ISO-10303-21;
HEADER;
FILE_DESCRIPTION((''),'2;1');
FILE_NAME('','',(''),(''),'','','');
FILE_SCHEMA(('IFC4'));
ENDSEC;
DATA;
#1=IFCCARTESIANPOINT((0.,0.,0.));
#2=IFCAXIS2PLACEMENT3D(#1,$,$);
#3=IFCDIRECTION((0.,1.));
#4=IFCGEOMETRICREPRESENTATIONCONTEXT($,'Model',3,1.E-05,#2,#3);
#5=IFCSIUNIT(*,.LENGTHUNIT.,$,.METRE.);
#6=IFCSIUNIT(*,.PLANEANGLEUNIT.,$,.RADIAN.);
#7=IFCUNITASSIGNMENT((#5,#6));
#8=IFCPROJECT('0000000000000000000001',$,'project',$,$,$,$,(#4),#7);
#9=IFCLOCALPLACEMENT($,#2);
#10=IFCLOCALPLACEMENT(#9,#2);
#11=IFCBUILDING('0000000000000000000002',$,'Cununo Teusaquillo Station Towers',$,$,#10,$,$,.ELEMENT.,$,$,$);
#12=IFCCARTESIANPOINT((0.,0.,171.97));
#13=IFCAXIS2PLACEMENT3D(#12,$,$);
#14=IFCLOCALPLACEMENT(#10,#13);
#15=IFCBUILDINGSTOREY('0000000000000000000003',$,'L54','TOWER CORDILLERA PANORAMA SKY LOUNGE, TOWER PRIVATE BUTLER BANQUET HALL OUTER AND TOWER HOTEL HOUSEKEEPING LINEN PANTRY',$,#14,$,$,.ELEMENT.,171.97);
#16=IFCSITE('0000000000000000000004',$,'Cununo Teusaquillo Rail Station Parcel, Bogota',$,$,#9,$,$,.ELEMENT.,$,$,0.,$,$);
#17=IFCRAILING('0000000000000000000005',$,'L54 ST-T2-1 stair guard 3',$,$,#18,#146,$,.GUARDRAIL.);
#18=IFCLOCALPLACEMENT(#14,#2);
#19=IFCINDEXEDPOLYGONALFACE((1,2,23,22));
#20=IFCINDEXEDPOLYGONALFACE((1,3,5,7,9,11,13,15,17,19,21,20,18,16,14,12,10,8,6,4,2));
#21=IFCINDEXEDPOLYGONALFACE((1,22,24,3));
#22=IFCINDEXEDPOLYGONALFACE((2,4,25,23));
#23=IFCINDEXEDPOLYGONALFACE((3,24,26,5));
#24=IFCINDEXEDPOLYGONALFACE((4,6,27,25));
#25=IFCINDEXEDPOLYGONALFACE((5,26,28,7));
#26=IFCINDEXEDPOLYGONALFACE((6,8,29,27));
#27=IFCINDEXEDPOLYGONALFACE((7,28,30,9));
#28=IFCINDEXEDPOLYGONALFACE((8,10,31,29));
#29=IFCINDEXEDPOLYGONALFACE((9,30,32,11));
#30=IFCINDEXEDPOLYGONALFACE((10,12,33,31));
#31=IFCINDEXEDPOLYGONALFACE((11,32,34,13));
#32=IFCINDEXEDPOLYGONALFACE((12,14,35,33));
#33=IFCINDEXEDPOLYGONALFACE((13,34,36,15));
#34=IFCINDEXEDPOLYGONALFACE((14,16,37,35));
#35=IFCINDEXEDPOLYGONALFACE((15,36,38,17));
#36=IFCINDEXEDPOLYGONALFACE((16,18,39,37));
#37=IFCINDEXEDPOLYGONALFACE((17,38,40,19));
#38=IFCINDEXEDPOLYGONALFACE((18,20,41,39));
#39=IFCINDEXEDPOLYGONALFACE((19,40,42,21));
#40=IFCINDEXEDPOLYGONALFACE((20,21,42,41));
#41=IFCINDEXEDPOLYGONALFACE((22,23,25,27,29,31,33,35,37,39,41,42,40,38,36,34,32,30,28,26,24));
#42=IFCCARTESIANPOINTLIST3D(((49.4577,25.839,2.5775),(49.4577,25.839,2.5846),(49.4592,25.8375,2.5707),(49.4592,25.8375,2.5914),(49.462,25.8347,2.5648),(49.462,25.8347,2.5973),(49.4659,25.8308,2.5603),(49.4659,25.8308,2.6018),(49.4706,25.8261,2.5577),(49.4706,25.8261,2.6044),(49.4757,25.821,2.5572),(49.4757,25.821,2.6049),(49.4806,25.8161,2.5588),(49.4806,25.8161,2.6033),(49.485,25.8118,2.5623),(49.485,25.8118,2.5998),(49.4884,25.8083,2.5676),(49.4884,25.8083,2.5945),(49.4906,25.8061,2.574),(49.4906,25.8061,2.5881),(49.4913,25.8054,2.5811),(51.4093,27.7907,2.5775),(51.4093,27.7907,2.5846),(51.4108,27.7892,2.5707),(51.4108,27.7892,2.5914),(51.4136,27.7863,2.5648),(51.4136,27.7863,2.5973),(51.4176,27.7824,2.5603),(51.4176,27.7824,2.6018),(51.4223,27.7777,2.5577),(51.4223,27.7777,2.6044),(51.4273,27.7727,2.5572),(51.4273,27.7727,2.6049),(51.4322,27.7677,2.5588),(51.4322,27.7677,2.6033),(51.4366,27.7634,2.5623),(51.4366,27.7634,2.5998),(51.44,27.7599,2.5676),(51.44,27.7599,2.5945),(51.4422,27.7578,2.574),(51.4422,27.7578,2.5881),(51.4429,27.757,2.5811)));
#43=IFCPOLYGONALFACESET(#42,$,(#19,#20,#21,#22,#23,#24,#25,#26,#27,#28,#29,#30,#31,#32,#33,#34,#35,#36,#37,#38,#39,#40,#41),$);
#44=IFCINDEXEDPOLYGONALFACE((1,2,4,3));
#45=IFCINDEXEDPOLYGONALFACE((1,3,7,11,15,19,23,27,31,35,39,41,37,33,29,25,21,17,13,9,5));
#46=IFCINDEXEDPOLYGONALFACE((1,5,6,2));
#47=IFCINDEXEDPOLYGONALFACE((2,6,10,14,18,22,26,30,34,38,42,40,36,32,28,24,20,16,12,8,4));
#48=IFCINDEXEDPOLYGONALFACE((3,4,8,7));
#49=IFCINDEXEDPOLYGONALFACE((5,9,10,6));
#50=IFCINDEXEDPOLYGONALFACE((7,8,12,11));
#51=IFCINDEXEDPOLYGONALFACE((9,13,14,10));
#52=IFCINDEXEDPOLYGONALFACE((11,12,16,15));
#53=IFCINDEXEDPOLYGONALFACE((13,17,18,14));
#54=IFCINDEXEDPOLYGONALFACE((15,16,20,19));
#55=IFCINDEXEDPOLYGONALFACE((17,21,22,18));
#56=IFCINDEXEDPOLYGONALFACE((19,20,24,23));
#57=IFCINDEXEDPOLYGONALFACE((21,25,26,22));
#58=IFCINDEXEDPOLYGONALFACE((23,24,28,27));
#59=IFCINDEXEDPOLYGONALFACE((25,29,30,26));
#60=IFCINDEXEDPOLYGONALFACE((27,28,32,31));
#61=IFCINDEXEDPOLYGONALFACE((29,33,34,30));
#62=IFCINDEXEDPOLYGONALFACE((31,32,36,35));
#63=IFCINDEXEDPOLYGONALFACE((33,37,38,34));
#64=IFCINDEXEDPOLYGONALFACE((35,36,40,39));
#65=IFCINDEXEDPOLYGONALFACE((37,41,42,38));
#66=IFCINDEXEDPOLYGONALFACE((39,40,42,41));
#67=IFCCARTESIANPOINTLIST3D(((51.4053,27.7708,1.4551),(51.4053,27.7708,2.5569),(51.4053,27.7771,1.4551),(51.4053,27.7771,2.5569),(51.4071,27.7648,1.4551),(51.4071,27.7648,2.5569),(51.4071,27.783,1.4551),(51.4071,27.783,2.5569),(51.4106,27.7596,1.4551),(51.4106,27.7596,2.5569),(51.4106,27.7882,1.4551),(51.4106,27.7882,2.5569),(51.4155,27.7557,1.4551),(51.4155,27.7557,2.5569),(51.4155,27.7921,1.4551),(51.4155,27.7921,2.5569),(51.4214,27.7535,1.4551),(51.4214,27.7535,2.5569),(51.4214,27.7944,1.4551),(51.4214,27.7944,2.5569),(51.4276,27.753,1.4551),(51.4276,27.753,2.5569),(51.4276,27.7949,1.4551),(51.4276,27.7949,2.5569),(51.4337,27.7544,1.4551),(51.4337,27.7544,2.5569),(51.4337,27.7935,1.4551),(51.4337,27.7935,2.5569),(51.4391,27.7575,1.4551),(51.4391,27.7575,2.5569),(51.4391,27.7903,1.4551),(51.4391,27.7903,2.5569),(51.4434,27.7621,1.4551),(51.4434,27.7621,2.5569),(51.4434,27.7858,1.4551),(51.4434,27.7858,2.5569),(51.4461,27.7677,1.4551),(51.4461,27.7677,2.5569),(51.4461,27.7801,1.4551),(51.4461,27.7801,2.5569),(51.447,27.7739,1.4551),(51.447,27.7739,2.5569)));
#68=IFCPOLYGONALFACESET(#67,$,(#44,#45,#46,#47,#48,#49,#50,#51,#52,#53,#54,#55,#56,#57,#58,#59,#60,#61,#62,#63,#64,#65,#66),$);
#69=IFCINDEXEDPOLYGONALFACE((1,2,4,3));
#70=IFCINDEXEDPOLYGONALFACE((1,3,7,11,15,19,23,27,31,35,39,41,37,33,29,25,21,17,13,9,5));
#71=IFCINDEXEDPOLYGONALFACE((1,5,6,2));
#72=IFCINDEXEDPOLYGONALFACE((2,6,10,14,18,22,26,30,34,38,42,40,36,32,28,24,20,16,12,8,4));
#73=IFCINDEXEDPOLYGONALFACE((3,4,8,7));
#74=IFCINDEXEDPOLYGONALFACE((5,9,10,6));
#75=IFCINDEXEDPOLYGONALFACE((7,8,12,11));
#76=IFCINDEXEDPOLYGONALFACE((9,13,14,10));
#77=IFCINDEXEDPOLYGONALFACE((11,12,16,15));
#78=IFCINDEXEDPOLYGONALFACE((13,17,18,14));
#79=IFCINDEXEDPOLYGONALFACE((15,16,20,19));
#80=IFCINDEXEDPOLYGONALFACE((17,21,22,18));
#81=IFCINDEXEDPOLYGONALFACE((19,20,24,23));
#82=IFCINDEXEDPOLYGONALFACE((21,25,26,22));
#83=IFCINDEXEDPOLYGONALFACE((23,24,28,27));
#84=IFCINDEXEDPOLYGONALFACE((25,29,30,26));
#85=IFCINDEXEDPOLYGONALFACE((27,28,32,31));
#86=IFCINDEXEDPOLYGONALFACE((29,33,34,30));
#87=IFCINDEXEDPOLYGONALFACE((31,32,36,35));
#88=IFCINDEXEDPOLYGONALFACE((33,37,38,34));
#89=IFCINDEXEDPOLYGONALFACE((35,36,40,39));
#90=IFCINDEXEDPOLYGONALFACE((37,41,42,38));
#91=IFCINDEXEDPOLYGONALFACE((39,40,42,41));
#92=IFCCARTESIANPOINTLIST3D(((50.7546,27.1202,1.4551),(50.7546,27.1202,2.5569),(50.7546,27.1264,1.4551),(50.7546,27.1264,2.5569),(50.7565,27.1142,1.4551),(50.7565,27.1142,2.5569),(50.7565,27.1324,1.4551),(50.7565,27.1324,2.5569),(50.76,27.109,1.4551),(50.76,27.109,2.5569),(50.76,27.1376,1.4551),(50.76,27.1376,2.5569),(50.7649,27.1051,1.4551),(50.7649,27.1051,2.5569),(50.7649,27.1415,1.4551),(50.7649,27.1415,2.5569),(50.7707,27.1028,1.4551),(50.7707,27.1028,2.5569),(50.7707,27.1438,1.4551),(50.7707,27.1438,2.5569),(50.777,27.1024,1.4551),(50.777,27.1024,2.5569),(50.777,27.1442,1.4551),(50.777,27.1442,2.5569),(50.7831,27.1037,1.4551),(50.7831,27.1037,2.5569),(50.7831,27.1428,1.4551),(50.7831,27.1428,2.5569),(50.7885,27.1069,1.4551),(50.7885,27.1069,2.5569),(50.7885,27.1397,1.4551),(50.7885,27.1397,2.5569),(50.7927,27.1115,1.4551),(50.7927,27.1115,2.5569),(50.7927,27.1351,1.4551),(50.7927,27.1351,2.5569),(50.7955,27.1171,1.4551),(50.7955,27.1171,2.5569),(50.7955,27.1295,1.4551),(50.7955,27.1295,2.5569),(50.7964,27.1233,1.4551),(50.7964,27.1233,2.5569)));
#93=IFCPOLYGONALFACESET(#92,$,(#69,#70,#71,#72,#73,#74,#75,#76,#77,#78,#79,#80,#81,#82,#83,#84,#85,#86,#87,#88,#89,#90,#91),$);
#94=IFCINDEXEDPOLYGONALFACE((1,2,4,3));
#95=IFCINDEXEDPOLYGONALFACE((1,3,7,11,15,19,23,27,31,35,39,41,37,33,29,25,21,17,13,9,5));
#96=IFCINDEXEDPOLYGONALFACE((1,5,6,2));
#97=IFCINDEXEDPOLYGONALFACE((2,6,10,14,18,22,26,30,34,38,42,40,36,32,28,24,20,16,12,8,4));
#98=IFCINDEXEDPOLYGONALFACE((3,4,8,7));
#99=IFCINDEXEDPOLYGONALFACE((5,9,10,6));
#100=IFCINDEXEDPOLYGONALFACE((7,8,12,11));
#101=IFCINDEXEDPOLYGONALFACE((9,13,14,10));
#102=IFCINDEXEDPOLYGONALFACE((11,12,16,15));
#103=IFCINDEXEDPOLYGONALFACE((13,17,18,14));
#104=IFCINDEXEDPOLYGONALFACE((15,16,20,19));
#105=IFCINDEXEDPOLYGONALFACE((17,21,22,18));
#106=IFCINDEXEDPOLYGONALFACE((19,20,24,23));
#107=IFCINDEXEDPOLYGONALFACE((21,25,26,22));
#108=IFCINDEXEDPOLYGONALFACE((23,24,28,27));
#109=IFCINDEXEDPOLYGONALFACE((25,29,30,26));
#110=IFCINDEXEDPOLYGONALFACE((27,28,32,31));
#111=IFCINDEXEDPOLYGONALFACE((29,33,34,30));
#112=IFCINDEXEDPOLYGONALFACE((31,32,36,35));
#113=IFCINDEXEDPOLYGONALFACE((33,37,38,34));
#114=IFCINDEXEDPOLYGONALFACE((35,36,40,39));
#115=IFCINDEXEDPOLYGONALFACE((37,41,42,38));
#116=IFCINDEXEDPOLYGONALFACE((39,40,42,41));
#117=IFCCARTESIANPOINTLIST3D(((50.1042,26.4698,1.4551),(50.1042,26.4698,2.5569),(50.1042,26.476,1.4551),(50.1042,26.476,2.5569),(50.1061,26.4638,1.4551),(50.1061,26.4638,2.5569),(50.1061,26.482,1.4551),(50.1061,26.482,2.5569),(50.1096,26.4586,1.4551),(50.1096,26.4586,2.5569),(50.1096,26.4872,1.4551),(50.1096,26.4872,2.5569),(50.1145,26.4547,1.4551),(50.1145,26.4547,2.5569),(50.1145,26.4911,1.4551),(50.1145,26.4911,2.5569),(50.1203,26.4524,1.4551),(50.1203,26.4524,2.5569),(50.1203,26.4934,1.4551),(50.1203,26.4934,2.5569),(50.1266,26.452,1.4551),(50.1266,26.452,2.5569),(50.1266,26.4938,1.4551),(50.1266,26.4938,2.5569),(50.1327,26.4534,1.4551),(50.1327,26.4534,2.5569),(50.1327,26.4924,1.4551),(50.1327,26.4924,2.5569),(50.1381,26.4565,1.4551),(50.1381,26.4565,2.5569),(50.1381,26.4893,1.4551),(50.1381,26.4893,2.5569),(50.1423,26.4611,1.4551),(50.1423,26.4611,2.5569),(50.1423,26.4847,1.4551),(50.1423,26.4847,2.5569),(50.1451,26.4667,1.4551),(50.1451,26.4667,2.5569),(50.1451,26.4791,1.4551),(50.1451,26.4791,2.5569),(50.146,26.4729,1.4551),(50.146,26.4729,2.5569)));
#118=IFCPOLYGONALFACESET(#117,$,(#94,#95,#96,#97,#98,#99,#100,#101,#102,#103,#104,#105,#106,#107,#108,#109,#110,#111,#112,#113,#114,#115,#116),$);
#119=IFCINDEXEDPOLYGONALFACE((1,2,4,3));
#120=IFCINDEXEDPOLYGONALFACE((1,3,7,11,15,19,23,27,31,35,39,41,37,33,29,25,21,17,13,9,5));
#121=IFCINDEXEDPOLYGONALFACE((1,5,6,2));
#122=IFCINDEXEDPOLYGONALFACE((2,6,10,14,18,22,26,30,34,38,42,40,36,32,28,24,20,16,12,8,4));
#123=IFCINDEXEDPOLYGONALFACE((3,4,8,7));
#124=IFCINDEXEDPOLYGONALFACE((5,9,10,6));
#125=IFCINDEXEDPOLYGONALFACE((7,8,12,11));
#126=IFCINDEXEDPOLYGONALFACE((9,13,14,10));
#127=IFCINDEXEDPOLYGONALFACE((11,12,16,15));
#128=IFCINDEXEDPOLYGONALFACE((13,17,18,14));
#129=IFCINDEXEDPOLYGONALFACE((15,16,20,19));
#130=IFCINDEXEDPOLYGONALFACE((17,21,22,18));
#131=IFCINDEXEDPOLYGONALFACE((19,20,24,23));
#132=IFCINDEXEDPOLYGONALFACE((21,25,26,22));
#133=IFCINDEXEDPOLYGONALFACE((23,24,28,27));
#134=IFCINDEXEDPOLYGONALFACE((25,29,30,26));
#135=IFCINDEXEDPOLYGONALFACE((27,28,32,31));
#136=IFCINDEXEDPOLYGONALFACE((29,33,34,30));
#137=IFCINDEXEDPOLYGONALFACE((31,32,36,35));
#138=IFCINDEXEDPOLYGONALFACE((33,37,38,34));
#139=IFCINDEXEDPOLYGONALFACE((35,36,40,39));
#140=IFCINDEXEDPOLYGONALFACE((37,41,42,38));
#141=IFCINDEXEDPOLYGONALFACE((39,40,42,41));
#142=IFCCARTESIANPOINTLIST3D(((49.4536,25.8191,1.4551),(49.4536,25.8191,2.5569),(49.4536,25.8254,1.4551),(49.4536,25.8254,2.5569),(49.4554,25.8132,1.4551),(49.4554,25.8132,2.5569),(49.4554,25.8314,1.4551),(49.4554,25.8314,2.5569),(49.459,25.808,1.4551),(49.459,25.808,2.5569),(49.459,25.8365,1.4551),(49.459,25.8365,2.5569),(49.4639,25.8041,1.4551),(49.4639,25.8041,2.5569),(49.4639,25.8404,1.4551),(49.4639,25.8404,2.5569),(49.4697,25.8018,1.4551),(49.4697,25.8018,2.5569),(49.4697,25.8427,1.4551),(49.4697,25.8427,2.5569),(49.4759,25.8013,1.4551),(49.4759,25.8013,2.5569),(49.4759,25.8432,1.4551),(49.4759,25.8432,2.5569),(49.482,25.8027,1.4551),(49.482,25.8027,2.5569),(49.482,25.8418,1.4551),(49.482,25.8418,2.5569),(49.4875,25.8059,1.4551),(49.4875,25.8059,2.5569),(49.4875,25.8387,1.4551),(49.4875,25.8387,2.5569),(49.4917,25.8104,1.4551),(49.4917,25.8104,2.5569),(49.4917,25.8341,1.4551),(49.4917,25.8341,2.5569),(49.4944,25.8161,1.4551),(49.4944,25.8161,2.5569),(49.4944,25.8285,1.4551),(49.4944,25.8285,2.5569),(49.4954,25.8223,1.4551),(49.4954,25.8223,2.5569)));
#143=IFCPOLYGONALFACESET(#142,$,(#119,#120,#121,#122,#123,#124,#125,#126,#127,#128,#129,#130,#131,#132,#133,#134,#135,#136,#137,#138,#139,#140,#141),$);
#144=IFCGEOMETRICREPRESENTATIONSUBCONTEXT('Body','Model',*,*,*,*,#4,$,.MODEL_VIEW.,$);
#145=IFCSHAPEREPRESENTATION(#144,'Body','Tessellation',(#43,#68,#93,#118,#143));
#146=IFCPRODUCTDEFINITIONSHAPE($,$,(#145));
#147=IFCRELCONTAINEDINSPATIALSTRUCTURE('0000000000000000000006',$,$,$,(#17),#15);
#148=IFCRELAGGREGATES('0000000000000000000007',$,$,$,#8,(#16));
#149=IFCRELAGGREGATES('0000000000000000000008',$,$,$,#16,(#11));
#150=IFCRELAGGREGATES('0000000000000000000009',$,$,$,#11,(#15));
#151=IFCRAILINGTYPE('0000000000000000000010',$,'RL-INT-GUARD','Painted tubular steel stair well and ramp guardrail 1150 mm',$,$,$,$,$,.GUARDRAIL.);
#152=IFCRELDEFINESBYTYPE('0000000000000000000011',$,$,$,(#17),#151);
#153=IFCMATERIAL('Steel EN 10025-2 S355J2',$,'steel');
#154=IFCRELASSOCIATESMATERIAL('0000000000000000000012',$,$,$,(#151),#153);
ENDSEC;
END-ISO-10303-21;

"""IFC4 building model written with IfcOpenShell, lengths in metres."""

from ifc_helpers import new_model, si_unit, direction, frame, origin, origin_2d, place, context, subcontext, project, spatial, circle, extrude, material, type_object, element, save


model = new_model("IFC4")

# Units and contexts
model_context = context("Model", 3, precision=1e-05, world=origin(), true_north=direction((0.0, 1.0)))
body_context = subcontext(model_context, "Body", "Model", "MODEL_VIEW")
ifc_project = project(units=[si_unit("LENGTHUNIT", "METRE"), si_unit("PLANEANGLEUNIT", "RADIAN")], contexts=[model_context])

# Site, building, storey
site_placement = place(None, origin())
site = spatial("IfcSite", under=ifc_project, at=site_placement, Name="Cununo Teusaquillo Rail Station Parcel, Bogota", CompositionType="ELEMENT", RefElevation=0.0)
building_placement = place(site_placement, origin())
building = spatial("IfcBuilding", under=site, at=building_placement, Name="Cununo Teusaquillo Station Towers", CompositionType="ELEMENT")
storey_placement = place(building_placement, frame((0.0, 0.0, 171.97)))
storey = spatial("IfcBuildingStorey", under=building, at=storey_placement, Name="L54", Description="TOWER CORDILLERA PANORAMA SKY LOUNGE, TOWER PRIVATE BUTLER BANQUET HALL OUTER AND TOWER HOTEL HOUSEKEEPING LINEN PANTRY", CompositionType="ELEMENT", Elevation=171.97)

# Railing
ifc_material_1 = material(Name="Steel EN 10025-2 S355J2", Category="steel")
railing_type = type_object("IfcRailingType", Name="RL-INT-GUARD", Description="Painted tubular steel stair well and ramp guardrail 1150 mm", PredefinedType="GUARDRAIL", material=ifc_material_1)
railing_1_placement = place(storey_placement, frame((51.426, 27.7739, 1.4551)))
element("IfcRailing", 1, at=railing_1_placement, inside=storey, type_object=railing_type, Name="L54 ST-T2-1 stair guard 3", PredefinedType="GUARDRAIL", context=body_context, shape_type="SweptSolid", body=[
    extrude(circle(Radius=0.0239, at=origin_2d()), frame((0.0, 0.0, 1.126), z_axis=(-0.707107, -0.707107, 0.0), x_axis=(0.707107, -0.707107, 0.0)), (0.0, 0.0, 1.0), 2.76),
    extrude(circle(Radius=0.021, at=origin_2d()), origin(), (0.0, 0.0, 1.0), 1.1018),
    extrude(circle(Radius=0.021, at=origin_2d()), frame((-0.6506, -0.6506, 0.0)), (0.0, 0.0, 1.0), 1.1018),
    extrude(circle(Radius=0.021, at=origin_2d()), frame((-1.301, -1.301, 0.0)), (0.0, 0.0, 1.0), 1.1018),
    extrude(circle(Radius=0.021, at=origin_2d()), frame((-1.9517, -1.9517, 0.0)), (0.0, 0.0, 1.0), 1.1018),
])

save(model, "model.ifc")
